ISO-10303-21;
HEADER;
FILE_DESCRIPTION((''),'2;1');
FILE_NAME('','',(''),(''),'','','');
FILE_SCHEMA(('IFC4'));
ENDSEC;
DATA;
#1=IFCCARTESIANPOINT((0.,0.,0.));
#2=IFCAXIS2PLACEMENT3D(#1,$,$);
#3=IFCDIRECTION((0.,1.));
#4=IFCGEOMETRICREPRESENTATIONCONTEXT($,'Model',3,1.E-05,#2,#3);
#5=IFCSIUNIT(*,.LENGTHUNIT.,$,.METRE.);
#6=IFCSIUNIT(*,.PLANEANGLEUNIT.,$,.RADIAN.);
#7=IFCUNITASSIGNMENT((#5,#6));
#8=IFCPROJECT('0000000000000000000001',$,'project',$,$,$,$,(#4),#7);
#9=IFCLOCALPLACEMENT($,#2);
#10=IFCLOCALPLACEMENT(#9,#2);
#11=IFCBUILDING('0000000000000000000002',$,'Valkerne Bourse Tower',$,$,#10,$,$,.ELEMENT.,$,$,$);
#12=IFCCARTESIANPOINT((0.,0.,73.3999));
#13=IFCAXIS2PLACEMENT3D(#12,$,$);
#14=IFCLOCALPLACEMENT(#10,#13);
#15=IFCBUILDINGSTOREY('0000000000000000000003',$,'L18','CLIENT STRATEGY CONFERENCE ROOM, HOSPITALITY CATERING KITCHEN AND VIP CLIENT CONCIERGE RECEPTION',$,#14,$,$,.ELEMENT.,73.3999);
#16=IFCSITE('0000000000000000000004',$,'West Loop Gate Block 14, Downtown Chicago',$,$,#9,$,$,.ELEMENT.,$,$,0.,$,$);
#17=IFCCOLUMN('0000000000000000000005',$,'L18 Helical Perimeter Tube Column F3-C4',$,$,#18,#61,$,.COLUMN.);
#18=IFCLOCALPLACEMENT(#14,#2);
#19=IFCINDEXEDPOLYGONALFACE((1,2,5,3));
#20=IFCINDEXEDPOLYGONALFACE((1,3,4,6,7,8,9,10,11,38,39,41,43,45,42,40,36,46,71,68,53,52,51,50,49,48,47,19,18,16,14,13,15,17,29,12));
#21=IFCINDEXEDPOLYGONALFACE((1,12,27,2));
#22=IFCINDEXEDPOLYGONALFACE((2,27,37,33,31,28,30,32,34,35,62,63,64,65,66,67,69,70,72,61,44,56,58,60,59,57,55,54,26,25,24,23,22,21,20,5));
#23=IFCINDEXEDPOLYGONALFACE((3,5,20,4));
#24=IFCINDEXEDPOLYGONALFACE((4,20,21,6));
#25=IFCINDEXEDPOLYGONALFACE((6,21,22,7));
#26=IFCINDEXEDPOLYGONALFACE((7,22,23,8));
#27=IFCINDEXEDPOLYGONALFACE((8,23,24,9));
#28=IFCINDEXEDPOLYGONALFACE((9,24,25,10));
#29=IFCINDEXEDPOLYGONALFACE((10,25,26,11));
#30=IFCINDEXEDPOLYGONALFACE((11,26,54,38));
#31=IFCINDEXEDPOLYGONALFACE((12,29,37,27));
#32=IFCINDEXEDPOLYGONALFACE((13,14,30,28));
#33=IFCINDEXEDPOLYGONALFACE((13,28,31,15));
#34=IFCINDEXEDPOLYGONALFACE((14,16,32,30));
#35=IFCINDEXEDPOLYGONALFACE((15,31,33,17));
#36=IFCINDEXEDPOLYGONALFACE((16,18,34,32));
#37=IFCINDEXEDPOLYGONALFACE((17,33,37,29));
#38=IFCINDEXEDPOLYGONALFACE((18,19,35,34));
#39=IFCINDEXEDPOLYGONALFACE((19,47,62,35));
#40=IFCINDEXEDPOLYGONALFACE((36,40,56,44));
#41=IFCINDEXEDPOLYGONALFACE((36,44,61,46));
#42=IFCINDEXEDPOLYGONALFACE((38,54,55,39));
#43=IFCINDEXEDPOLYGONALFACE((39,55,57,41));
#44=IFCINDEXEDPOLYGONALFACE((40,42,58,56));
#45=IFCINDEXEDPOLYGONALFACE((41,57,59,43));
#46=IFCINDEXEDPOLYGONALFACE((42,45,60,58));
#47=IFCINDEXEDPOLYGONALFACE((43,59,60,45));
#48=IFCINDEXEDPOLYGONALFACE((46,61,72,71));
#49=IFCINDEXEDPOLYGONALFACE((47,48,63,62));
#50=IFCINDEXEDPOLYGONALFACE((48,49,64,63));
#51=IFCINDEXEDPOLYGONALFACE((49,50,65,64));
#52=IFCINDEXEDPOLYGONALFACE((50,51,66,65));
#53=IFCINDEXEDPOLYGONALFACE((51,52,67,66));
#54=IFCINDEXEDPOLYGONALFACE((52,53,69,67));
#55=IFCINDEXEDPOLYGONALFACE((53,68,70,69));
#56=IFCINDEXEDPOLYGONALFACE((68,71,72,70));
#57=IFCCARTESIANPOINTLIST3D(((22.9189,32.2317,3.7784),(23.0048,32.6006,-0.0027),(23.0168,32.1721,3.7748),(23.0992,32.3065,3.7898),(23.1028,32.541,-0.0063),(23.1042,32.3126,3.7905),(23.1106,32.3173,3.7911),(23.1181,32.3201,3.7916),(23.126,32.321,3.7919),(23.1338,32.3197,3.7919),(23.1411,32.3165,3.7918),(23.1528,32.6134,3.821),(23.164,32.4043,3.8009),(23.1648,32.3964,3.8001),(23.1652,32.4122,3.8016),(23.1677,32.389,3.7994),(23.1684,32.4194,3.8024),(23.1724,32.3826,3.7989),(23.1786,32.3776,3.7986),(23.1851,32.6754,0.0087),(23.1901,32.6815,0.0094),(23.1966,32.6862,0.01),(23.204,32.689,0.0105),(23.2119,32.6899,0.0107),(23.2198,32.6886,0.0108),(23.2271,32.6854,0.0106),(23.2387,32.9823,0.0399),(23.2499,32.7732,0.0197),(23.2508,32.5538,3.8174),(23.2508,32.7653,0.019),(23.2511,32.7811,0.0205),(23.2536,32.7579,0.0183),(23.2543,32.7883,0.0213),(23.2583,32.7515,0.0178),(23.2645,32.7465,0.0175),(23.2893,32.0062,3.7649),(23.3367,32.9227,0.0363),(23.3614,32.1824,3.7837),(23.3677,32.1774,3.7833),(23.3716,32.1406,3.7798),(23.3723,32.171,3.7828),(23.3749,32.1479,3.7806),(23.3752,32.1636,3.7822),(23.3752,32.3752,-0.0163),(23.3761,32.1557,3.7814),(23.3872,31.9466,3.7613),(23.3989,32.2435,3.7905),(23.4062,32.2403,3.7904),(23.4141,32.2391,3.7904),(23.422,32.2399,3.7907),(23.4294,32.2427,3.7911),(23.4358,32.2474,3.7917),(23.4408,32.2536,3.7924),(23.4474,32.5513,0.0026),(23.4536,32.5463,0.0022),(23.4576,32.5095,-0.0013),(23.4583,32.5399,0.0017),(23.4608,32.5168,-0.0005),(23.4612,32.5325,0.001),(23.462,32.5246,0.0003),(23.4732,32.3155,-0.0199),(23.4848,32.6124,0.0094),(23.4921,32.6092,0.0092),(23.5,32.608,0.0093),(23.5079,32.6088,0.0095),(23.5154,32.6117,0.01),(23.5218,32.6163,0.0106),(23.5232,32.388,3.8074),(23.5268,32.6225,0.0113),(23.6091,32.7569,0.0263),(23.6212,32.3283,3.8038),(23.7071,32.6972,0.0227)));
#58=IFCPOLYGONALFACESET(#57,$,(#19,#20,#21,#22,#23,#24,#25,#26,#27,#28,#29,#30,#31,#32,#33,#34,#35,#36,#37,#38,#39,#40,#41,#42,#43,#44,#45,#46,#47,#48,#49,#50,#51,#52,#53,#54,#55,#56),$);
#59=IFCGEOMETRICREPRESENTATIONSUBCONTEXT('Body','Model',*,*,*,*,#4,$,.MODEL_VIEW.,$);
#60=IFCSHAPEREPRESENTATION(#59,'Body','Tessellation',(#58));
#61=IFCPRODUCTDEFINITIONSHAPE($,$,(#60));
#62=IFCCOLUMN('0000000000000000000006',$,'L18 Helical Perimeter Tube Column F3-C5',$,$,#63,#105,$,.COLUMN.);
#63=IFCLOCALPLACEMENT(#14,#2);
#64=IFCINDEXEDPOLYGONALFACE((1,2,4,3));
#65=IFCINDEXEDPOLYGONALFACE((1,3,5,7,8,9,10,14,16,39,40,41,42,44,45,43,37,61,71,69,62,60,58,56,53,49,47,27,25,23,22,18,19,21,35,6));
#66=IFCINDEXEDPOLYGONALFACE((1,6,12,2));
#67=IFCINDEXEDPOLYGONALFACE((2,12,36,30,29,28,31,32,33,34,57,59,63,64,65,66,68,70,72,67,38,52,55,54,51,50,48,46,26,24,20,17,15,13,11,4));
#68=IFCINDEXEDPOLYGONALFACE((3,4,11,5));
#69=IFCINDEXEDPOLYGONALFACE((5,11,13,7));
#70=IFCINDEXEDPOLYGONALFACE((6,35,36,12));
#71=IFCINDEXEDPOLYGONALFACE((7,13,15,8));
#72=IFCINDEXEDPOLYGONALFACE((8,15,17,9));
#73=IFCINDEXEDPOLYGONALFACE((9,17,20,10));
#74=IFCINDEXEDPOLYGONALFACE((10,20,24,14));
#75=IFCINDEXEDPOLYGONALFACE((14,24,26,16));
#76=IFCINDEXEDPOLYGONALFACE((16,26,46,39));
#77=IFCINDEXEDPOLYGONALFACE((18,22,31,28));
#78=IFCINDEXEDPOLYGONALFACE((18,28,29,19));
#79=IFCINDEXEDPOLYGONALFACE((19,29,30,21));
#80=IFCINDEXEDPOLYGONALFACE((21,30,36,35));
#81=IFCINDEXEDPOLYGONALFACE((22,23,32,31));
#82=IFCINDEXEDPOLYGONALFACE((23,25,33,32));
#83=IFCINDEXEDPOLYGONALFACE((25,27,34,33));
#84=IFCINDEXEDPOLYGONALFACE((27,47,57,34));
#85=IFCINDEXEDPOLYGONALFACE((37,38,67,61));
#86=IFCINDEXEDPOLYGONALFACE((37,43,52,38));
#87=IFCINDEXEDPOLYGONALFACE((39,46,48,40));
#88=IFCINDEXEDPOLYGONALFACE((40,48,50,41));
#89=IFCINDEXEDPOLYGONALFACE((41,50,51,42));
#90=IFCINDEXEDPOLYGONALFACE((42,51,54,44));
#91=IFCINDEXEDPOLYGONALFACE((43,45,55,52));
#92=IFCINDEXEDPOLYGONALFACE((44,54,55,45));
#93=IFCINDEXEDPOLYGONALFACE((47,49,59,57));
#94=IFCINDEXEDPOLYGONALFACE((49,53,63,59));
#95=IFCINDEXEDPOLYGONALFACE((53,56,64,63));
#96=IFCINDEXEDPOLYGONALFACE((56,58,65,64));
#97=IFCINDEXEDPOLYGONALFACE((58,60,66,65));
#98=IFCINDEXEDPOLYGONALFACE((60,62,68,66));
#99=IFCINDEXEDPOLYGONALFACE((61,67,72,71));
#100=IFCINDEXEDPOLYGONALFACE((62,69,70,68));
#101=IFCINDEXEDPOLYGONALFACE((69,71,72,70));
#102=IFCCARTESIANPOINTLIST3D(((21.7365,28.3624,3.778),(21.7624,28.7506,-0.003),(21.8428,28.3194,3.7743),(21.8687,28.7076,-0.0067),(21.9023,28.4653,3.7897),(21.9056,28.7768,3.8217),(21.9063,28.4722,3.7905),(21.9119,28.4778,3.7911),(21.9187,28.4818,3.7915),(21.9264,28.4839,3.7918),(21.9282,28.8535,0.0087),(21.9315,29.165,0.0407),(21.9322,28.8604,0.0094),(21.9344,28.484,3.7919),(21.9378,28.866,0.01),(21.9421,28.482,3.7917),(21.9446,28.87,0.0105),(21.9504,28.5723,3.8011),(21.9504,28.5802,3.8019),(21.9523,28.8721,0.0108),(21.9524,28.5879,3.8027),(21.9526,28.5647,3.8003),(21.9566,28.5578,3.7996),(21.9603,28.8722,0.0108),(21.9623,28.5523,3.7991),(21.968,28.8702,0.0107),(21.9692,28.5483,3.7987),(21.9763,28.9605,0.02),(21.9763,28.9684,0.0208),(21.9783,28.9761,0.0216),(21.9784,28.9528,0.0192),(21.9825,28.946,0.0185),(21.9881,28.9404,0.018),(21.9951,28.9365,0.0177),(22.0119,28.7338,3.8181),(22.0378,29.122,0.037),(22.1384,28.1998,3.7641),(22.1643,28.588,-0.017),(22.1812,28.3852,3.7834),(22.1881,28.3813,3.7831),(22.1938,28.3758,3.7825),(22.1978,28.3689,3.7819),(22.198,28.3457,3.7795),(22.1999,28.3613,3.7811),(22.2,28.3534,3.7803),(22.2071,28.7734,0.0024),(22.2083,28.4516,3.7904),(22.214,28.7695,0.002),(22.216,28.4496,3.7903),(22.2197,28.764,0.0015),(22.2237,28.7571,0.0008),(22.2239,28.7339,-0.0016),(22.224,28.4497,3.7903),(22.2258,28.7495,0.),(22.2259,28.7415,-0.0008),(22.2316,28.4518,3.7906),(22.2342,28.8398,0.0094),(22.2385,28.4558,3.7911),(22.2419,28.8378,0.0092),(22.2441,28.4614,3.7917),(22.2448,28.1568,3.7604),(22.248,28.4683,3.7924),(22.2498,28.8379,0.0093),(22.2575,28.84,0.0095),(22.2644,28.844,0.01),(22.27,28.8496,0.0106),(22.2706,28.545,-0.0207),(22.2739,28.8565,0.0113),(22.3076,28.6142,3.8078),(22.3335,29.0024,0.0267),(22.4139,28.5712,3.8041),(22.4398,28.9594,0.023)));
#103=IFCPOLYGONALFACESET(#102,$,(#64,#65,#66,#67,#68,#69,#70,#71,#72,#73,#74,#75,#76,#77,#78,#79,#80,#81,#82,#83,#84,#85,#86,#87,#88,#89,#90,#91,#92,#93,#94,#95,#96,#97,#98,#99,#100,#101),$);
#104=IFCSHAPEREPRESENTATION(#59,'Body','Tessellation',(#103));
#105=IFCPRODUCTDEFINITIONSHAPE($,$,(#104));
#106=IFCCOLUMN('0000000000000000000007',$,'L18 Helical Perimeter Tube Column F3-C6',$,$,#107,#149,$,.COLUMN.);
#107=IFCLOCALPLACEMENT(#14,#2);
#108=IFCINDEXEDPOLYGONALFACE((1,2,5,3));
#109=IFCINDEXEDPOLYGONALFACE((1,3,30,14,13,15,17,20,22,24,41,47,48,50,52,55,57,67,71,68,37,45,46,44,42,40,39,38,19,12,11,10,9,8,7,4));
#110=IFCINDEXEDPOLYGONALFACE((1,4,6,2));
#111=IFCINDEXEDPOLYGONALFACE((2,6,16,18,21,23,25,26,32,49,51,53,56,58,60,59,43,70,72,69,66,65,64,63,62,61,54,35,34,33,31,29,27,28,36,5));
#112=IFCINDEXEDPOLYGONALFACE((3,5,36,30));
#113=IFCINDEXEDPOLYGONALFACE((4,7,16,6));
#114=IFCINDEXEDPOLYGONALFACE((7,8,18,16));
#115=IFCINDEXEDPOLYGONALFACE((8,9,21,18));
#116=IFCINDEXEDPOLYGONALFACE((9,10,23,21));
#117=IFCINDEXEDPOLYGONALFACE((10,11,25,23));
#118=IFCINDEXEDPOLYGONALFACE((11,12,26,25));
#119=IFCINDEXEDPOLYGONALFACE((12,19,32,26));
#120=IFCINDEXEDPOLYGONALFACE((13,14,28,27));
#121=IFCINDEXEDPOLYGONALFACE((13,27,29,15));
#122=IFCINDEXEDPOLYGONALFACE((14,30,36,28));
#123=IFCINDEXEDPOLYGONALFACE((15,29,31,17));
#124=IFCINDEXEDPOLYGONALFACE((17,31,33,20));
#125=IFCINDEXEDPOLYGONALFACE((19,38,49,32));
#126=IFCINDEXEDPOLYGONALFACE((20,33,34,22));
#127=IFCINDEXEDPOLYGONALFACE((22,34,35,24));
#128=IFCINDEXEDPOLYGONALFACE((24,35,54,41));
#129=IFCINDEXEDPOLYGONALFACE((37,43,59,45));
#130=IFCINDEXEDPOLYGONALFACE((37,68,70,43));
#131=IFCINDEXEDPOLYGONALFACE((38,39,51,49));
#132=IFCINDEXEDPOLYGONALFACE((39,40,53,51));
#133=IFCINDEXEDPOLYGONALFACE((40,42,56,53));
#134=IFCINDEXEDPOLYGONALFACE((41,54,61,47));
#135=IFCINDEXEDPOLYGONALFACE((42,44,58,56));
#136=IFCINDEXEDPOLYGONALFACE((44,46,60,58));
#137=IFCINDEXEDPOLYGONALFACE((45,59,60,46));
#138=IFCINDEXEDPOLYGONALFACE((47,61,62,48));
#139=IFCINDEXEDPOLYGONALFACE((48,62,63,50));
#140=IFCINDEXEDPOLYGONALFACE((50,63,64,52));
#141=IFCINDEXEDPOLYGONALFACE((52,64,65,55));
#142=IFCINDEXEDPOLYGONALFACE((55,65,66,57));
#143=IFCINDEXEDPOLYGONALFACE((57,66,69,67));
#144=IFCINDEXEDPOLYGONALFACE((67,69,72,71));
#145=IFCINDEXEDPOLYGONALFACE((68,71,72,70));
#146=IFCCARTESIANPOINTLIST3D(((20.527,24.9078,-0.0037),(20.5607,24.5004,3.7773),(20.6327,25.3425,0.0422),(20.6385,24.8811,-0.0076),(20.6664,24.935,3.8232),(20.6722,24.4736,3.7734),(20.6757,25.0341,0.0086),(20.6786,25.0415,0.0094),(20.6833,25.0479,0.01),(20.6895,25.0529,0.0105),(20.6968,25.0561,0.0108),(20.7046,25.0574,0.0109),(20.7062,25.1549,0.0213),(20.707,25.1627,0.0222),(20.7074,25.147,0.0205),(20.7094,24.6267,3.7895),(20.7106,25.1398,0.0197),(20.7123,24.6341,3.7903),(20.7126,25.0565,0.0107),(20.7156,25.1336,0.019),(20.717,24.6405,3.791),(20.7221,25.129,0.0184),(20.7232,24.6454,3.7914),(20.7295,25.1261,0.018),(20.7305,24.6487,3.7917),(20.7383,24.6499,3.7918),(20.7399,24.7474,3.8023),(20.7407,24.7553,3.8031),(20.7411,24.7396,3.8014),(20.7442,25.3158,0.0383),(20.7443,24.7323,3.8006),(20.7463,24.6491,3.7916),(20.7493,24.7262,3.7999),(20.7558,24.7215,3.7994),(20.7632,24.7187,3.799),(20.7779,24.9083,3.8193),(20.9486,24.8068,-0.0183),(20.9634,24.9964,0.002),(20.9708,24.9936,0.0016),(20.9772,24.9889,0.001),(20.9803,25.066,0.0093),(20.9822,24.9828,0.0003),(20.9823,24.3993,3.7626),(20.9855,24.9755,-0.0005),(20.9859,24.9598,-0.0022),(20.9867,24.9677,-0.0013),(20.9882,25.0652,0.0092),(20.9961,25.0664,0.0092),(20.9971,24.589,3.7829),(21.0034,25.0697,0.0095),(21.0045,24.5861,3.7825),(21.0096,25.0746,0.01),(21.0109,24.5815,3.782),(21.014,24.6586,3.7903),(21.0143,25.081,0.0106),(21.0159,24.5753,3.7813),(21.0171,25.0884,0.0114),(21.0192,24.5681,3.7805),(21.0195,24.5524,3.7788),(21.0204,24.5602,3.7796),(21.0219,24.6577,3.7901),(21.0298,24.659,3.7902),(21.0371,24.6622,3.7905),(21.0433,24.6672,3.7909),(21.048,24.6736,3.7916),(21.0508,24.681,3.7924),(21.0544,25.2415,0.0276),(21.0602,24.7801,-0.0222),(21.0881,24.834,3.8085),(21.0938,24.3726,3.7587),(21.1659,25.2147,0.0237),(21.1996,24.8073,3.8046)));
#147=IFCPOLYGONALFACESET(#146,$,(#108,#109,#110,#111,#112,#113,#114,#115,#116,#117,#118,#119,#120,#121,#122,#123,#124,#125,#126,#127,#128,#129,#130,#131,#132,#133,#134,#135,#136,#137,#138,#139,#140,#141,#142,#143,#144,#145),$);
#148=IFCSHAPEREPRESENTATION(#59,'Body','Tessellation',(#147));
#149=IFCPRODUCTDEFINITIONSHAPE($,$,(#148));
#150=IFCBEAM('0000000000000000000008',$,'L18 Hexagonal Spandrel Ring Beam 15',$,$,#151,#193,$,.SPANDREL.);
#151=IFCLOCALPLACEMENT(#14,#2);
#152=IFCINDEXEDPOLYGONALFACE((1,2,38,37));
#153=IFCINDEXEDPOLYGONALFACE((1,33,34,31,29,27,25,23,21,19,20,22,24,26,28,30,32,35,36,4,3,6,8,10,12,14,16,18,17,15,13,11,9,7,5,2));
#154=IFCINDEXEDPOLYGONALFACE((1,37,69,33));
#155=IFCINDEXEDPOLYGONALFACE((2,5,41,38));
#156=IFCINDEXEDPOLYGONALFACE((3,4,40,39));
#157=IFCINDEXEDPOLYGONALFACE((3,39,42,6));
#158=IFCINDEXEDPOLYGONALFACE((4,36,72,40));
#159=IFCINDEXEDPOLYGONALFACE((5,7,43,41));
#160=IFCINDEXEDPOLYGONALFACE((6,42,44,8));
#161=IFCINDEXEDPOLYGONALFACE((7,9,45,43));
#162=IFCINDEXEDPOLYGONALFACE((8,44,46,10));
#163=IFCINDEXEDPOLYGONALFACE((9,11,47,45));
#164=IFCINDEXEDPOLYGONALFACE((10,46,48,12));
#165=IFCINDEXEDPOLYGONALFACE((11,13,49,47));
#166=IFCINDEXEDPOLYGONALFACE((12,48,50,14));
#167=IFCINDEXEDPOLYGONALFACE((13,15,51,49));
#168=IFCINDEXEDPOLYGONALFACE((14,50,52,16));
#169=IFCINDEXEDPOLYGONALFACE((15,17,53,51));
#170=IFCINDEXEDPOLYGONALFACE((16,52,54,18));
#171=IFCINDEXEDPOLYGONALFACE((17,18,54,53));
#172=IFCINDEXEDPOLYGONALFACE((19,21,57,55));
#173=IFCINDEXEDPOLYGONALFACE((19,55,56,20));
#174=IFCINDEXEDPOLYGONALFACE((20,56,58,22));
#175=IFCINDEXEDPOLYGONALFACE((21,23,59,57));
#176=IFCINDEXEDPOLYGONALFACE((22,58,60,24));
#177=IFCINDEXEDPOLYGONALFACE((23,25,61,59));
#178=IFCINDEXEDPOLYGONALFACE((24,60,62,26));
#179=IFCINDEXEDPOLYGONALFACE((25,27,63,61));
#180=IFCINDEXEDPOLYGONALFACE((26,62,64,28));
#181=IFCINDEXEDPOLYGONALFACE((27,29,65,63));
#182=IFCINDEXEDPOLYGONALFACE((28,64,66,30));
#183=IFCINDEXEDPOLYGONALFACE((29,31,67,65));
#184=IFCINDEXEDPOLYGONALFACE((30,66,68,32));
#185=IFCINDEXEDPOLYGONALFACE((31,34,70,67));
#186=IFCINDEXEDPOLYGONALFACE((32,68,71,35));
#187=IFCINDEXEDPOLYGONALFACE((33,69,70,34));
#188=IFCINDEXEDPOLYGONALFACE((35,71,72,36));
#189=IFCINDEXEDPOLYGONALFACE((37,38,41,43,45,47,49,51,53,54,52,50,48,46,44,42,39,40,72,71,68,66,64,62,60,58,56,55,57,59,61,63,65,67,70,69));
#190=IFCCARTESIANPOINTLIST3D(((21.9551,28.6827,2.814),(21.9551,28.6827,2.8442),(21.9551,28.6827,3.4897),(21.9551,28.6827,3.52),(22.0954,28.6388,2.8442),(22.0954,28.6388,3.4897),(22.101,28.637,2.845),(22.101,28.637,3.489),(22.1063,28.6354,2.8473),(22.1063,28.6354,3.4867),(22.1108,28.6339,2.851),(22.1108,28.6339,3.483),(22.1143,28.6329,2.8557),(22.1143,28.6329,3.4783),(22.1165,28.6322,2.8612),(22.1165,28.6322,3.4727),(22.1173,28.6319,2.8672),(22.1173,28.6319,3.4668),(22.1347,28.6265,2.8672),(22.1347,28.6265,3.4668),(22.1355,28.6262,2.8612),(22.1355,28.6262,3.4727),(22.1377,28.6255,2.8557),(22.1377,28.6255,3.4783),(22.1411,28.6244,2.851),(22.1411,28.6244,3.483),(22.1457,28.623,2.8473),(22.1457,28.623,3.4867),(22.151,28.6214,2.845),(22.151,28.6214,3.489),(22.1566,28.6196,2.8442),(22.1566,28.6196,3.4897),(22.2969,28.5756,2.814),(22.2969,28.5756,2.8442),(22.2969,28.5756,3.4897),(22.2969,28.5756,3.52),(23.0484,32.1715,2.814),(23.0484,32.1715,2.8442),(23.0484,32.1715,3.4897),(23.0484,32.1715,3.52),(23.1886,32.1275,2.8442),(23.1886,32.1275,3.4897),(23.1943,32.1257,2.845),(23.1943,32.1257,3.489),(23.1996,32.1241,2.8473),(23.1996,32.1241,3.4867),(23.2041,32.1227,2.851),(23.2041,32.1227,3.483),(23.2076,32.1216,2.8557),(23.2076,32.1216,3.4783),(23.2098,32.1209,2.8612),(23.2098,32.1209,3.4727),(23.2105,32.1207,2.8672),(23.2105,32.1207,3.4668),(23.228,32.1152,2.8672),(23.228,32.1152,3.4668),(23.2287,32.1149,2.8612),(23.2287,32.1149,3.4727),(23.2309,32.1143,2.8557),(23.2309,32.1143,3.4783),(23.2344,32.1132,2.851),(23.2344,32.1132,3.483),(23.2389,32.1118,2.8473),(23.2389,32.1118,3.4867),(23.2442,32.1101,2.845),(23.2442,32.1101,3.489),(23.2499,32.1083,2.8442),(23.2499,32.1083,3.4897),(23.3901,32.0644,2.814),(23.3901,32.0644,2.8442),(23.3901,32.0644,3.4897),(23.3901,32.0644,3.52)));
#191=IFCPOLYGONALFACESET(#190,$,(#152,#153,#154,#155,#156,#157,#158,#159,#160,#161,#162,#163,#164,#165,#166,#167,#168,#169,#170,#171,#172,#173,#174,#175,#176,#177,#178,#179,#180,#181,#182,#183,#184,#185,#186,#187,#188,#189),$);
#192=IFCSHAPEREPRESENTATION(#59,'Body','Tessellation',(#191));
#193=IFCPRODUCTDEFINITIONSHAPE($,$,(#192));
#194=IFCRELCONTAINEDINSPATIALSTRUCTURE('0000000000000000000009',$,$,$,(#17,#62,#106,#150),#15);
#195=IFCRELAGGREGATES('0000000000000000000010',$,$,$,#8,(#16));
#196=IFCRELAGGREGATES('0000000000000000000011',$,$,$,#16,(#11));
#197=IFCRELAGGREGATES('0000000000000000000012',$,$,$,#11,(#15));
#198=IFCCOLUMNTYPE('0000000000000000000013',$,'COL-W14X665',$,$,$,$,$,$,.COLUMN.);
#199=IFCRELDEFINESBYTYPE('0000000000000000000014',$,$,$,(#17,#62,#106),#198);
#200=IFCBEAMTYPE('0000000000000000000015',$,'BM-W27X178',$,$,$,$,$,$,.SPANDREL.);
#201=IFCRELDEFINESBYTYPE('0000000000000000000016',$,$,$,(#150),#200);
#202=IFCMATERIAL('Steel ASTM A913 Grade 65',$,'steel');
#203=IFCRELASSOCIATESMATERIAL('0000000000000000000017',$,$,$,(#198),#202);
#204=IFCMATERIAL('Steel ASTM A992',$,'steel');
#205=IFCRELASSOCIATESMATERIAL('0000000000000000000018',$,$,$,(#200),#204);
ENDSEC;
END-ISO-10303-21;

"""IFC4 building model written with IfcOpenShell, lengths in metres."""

from ifc_helpers import new_model, si_unit, direction, frame, origin, origin_2d, place, context, subcontext, project, spatial, i_section, extrude, material, material_profile, profile_set, type_object, element, save


model = new_model("IFC4")

# Units and contexts
model_context = context("Model", 3, precision=1e-05, world=origin(), true_north=direction((0.0, 1.0)))
body_context = subcontext(model_context, "Body", "Model", "MODEL_VIEW")
ifc_project = project(units=[si_unit("LENGTHUNIT", "METRE"), si_unit("PLANEANGLEUNIT", "RADIAN")], contexts=[model_context])

# Site, building, storey
site_placement = place(None, origin())
site = spatial("IfcSite", under=ifc_project, at=site_placement, Name="West Loop Gate Block 14, Downtown Chicago", CompositionType="ELEMENT", RefElevation=0.0)
building_placement = place(site_placement, origin())
building = spatial("IfcBuilding", under=site, at=building_placement, Name="Valkerne Bourse Tower", CompositionType="ELEMENT")
storey_placement = place(building_placement, frame((0.0, 0.0, 73.3999)))
storey = spatial("IfcBuildingStorey", under=building, at=storey_placement, Name="L18", Description="CLIENT STRATEGY CONFERENCE ROOM, HOSPITALITY CATERING KITCHEN AND VIP CLIENT CONCIERGE RECEPTION", CompositionType="ELEMENT", Elevation=73.3999)

# Columns
ifc_material_1 = material(Name="Steel ASTM A913 Grade 65", Category="steel")
ifc_material_profile_1 = material_profile(ifc_material_1, i_section(OverallWidth=0.4497, OverallDepth=0.5486, WebThickness=0.072, FlangeThickness=0.1147, FilletRadius=0.0305, at=origin_2d()), Name="W14X665")
ifc_profile_set_1 = profile_set([ifc_material_profile_1], Name="Steel ASTM A913 Grade 65")
column_type = type_object("IfcColumnType", Name="COL-W14X665", PredefinedType="COLUMN", material=ifc_profile_set_1)
column_1_placement = place(storey_placement, frame((23.356, 32.6489, 0.01), z_axis=(-0.022616, -0.09708, 0.99502), x_axis=(-0.52014, -0.848822, -0.094638)))
element("IfcColumn", 1, at=column_1_placement, inside=storey, type_object=column_type, Name="L18 Helical Perimeter Tube Column F3-C4", PredefinedType="COLUMN", context=body_context, shape_type="SweptSolid", body=[
    extrude(i_section(OverallWidth=0.4497, OverallDepth=0.5486, WebThickness=0.072, FlangeThickness=0.1147, FilletRadius=0.0305, at=origin_2d()), origin(), (0.0, 0.0, 1.0), 3.8),
])
column_2_placement = place(storey_placement, frame((22.1011, 28.855, 0.01), z_axis=(-0.006809, -0.102128, 0.994748), x_axis=(-0.37612, -0.921461, -0.097178)))
element("IfcColumn", 2, at=column_2_placement, inside=storey, type_object=column_type, Name="L18 Helical Perimeter Tube Column F3-C5", PredefinedType="COLUMN", context=body_context, shape_type="SweptSolid", body=[
    extrude(i_section(OverallWidth=0.4497, OverallDepth=0.5486, WebThickness=0.072, FlangeThickness=0.1147, FilletRadius=0.0305, at=origin_2d()), origin(), (0.0, 0.0, 1.0), 3.801),
])
column_3_placement = place(storey_placement, frame((20.8464, 25.0613, 0.01), z_axis=(0.008859, -0.107143, 0.994204), x_axis=(-0.235142, -0.966586, -0.102072)))
element("IfcColumn", 3, at=column_3_placement, inside=storey, type_object=column_type, Name="L18 Helical Perimeter Tube Column F3-C6", PredefinedType="COLUMN", context=body_context, shape_type="SweptSolid", body=[
    extrude(i_section(OverallWidth=0.4497, OverallDepth=0.5486, WebThickness=0.072, FlangeThickness=0.1147, FilletRadius=0.0305, at=origin_2d()), origin(), (0.0, 0.0, 1.0), 3.803),
])

# Beam
ifc_material_2 = material(Name="Steel ASTM A992", Category="steel")
ifc_material_profile_2 = material_profile(ifc_material_2, i_section(OverallWidth=0.3582, OverallDepth=0.7061, WebThickness=0.0183, FlangeThickness=0.0303, FilletRadius=0.0229, at=origin_2d()), Name="W27X178")
ifc_profile_set_2 = profile_set([ifc_material_profile_2], Name="Steel ASTM A992")
beam_type_1 = type_object("IfcBeamType", Name="BM-W27X178", PredefinedType="SPANDREL", material=ifc_profile_set_2)
for number, where, z_axis, x_axis, name in (
    (4, (23.2192, 32.1179, 3.167), (-0.299028, -0.954244, 0.0), (0.954244, -0.299028, 0.0), "L18 Hexagonal Spandrel Ring Beam 15"),
):
    element("IfcBeam", number, at=place(storey_placement, frame(where, z_axis=z_axis, x_axis=x_axis)), inside=storey, type_object=beam_type_1, Name=name, PredefinedType="SPANDREL", context=body_context, shape_type="SweptSolid", body=[
        extrude(i_section(OverallWidth=0.3582, OverallDepth=0.7061, WebThickness=0.0183, FlangeThickness=0.0303, FilletRadius=0.0229, at=origin_2d()), origin(), (0.0, 0.0, 1.0), 3.656),
    ])

save(model, "model.ifc")
